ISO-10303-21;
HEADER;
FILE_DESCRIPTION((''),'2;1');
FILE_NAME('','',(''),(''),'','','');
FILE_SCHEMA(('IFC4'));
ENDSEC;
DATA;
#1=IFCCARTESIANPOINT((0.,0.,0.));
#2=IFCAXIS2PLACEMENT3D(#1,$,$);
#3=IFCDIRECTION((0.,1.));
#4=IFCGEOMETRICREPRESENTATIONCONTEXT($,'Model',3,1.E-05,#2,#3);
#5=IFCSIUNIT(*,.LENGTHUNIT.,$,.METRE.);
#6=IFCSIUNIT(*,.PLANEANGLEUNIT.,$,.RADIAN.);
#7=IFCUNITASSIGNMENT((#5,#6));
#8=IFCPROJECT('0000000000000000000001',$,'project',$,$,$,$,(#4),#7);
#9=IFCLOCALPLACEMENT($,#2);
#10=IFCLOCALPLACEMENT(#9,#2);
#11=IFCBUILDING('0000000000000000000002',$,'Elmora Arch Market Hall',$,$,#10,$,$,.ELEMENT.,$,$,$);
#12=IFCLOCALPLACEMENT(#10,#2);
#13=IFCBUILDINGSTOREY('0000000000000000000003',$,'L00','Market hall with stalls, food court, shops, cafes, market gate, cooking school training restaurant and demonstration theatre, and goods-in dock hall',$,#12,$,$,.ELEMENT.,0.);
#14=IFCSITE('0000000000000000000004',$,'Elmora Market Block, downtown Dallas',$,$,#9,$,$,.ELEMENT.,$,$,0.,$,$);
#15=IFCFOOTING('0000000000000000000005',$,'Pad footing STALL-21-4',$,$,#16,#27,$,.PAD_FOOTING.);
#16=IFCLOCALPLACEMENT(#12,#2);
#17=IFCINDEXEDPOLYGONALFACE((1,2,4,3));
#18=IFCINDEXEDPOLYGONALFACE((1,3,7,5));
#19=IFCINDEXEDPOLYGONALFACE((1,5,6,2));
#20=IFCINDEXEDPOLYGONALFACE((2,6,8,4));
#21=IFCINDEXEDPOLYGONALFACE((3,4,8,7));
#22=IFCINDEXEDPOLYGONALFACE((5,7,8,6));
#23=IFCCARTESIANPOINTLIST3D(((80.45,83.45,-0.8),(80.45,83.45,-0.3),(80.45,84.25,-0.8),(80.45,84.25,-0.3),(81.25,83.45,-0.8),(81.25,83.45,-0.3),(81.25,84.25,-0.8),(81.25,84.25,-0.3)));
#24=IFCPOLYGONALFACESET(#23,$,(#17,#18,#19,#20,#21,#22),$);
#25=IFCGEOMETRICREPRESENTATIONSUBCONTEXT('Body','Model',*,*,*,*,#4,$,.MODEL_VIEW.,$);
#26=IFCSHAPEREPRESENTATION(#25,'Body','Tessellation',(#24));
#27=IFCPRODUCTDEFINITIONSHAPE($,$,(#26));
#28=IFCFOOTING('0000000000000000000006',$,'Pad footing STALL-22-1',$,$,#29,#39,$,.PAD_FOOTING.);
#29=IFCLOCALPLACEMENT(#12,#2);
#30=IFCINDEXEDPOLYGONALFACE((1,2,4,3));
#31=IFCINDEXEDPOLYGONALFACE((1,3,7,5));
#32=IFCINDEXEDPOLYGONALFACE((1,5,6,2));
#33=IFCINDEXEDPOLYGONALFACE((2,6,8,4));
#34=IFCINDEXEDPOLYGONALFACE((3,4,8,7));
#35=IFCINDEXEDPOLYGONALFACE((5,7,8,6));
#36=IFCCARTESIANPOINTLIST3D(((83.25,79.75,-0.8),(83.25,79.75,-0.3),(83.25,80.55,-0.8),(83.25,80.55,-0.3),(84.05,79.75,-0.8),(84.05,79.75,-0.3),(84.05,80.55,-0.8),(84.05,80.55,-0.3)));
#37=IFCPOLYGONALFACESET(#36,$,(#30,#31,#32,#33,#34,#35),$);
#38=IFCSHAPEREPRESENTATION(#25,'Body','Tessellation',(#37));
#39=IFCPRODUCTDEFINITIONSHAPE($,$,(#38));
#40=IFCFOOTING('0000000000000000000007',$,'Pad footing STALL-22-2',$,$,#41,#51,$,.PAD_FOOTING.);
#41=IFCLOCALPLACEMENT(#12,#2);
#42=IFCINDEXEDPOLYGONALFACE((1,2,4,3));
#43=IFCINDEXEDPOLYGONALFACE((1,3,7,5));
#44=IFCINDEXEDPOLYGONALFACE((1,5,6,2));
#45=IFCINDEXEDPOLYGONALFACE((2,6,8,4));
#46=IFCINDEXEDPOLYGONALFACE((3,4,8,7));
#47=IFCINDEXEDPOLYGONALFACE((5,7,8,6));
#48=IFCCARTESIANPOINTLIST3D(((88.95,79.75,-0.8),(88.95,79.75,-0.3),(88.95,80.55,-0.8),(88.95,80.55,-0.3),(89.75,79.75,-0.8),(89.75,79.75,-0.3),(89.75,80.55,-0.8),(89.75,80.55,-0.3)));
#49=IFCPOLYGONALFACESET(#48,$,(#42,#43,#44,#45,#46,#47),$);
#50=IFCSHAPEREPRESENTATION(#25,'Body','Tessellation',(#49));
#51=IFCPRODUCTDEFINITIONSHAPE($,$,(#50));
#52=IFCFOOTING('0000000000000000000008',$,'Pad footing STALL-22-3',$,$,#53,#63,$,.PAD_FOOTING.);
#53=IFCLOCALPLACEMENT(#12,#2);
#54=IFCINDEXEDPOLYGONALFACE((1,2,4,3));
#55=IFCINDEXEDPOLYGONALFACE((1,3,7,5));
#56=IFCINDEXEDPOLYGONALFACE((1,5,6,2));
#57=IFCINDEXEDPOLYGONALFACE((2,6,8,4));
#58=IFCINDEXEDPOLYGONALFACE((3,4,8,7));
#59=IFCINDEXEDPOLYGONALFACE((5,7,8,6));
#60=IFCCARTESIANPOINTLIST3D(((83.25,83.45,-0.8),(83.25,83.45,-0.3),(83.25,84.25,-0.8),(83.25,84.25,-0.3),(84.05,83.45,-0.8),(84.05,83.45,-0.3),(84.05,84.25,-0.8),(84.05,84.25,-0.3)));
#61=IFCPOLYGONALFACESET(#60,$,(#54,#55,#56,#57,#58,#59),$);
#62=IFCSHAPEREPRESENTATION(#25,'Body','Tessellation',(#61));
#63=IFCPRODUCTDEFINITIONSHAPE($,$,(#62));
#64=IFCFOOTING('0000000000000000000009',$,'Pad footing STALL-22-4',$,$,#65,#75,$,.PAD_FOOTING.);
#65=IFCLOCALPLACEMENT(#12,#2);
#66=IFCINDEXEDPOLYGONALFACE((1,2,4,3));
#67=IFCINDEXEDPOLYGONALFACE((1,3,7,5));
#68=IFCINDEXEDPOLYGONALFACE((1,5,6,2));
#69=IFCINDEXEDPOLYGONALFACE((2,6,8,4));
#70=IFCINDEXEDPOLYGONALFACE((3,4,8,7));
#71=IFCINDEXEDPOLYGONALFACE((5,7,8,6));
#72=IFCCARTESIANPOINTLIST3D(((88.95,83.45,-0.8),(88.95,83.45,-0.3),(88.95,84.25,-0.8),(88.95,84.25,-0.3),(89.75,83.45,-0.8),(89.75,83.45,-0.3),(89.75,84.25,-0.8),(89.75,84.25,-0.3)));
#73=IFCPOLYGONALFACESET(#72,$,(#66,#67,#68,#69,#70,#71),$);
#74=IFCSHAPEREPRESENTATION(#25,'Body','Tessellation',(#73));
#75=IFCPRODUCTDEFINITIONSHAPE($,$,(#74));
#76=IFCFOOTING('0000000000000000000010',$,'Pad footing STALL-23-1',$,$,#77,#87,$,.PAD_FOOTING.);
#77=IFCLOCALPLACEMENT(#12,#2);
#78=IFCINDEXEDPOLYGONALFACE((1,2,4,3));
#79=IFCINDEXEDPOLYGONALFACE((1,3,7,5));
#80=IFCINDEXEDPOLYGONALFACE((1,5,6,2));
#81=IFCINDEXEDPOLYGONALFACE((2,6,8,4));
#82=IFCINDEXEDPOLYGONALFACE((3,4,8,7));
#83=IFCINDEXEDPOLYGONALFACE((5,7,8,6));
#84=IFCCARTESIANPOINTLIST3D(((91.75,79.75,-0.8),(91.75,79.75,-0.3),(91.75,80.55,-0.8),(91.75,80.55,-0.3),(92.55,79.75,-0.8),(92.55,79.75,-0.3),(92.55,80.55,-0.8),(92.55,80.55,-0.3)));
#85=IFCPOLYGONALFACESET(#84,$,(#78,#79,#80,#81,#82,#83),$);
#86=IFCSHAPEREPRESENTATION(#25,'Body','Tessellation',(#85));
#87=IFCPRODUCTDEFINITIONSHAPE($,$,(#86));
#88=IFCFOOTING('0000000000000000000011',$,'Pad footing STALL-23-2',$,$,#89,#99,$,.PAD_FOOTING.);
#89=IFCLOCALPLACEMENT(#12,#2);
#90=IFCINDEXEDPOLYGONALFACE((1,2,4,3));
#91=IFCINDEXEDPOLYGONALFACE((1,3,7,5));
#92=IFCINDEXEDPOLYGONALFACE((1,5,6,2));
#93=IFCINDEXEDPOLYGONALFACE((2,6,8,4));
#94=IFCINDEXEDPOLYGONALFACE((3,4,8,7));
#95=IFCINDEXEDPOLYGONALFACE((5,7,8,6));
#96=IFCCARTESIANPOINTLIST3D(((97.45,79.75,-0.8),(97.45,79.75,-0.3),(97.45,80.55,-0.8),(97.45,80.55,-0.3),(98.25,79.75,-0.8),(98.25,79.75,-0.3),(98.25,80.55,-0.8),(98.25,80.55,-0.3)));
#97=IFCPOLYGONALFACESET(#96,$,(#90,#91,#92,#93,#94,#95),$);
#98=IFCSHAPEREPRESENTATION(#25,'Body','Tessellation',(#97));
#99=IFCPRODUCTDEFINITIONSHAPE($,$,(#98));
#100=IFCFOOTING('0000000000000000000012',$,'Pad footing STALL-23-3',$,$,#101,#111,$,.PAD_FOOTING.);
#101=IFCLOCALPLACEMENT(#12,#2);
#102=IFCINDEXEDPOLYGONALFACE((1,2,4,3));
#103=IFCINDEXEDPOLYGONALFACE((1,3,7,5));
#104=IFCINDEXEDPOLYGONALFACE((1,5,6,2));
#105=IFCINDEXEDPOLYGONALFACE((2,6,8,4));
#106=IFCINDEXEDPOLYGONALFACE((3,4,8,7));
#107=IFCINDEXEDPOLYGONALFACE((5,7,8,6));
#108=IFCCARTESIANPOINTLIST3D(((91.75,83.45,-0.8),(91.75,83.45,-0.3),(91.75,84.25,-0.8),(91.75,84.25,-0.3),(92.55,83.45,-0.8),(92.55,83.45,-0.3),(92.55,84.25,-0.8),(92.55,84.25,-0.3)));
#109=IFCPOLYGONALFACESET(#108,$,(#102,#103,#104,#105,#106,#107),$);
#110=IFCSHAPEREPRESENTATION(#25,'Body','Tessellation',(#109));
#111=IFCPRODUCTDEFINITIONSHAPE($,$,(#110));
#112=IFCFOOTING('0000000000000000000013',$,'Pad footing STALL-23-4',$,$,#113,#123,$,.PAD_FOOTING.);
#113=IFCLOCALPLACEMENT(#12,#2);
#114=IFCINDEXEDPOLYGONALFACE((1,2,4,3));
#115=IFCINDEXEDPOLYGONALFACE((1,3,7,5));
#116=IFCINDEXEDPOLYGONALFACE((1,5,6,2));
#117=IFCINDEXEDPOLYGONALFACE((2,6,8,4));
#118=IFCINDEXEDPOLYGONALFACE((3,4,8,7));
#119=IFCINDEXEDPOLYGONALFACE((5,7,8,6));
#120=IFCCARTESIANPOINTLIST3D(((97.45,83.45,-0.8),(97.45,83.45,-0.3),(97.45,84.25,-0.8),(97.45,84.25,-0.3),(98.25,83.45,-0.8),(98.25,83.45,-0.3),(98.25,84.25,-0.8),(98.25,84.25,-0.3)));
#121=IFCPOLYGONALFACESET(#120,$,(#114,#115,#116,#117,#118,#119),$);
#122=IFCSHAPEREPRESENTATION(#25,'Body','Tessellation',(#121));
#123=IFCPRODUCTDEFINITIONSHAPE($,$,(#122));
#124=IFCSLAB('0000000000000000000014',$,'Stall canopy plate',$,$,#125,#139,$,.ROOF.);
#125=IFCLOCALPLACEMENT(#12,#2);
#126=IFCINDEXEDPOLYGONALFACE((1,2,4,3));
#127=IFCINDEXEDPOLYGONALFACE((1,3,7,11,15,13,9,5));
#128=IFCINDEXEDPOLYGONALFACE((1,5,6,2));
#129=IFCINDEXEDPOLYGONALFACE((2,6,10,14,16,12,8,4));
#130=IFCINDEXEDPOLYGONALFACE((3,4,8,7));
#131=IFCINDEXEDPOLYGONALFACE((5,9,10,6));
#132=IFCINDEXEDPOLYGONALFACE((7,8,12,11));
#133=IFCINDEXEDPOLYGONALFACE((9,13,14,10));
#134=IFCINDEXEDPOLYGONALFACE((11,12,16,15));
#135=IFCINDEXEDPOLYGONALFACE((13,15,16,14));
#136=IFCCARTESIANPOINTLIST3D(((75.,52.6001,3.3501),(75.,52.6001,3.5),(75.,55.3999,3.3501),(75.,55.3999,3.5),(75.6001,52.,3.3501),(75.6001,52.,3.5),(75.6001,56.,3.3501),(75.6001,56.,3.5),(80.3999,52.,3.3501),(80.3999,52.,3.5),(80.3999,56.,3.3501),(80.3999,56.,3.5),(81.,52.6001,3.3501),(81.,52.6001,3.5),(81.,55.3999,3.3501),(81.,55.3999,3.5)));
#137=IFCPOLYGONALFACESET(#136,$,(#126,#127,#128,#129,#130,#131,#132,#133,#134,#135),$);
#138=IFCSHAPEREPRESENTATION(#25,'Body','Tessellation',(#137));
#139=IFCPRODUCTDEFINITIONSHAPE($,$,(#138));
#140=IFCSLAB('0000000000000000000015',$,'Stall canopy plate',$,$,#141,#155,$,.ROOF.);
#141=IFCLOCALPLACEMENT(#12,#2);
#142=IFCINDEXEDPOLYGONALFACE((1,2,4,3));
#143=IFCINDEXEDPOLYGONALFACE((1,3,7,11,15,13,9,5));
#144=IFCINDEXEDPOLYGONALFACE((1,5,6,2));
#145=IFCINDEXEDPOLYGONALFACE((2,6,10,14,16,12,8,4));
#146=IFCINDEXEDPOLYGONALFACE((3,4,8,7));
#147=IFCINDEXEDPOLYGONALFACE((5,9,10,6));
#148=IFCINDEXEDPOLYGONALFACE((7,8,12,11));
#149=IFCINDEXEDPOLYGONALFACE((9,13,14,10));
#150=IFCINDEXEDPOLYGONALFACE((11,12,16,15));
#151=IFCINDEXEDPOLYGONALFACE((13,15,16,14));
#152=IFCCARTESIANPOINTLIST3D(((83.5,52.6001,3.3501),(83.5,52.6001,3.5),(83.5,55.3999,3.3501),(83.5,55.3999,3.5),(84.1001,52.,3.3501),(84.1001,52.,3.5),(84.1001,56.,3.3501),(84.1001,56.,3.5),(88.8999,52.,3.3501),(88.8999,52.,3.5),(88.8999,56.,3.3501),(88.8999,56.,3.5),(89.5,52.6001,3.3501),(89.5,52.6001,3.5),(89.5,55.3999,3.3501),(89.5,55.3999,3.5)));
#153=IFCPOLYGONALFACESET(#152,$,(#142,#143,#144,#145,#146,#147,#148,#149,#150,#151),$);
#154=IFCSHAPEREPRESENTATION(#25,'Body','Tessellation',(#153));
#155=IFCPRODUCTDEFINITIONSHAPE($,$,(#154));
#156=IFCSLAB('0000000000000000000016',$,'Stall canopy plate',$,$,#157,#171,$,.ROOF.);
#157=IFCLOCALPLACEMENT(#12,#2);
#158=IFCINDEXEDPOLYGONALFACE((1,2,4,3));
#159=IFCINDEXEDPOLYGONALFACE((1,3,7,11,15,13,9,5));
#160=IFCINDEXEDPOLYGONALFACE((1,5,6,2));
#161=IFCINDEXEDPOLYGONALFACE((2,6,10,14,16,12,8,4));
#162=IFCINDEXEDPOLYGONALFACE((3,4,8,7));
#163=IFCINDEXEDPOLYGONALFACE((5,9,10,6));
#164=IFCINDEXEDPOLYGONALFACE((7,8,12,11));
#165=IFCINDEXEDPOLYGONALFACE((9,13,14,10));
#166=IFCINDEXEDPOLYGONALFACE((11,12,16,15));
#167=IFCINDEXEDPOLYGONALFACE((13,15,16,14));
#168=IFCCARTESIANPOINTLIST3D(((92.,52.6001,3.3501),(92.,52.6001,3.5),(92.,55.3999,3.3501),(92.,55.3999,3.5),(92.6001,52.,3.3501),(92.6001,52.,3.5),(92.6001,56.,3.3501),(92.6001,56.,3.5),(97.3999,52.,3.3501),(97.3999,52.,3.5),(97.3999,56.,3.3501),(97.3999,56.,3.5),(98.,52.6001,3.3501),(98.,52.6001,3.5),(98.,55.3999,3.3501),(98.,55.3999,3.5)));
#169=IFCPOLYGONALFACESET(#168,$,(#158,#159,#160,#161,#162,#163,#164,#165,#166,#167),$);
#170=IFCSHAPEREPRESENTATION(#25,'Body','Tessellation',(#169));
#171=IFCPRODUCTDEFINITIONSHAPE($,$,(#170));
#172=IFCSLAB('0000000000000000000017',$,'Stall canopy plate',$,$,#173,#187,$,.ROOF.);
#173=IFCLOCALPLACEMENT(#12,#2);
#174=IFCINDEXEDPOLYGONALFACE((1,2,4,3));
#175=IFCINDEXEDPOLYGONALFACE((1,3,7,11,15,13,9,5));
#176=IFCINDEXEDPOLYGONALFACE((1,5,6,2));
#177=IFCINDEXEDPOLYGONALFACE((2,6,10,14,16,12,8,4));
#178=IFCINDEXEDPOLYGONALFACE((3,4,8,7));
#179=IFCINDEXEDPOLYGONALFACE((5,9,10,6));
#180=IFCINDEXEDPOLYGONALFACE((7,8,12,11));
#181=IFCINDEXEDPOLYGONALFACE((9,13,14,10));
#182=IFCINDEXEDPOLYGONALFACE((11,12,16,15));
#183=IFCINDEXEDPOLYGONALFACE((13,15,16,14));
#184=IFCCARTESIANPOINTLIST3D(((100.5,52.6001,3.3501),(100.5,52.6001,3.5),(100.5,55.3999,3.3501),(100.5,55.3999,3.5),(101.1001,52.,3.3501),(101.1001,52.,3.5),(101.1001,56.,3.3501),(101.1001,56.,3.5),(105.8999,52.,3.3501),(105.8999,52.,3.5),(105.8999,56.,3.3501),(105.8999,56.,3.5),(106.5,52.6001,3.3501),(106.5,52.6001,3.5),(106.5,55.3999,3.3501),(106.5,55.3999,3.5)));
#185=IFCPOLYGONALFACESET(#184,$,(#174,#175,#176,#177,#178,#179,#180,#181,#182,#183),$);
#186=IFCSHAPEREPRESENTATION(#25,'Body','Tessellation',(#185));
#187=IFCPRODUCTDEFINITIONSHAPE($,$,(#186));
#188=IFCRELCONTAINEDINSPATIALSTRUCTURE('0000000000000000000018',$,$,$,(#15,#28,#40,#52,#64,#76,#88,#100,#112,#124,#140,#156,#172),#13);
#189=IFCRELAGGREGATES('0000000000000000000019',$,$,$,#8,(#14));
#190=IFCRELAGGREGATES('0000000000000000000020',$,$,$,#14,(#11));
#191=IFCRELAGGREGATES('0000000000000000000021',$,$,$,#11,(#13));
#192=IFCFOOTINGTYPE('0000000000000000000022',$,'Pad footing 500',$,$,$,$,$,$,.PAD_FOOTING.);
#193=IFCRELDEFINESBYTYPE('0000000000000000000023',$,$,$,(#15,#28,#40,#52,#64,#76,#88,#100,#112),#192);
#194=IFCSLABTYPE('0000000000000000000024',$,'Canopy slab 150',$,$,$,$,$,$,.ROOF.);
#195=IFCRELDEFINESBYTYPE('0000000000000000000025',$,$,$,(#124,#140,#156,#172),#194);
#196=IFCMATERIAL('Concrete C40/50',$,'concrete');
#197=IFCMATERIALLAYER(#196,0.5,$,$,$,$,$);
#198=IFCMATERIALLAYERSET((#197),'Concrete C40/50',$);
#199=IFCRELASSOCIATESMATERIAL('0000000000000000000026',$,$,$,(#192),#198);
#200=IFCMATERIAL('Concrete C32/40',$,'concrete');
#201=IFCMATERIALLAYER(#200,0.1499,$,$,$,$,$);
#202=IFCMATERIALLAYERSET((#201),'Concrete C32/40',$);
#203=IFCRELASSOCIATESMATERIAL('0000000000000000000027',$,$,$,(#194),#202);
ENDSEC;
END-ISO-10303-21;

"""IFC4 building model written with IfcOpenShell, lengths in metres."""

from ifc_helpers import new_model, si_unit, direction, frame, origin, place, context, subcontext, project, spatial, polyline, outline, extrude, material, layer, layer_set, type_object, element, save


model = new_model("IFC4")

# Units and contexts
model_context = context("Model", 3, precision=1e-05, world=origin(), true_north=direction((0.0, 1.0)))
body_context = subcontext(model_context, "Body", "Model", "MODEL_VIEW")
ifc_project = project(units=[si_unit("LENGTHUNIT", "METRE"), si_unit("PLANEANGLEUNIT", "RADIAN")], contexts=[model_context])

# Site, building, storey
site_placement = place(None, origin())
site = spatial("IfcSite", under=ifc_project, at=site_placement, Name="Elmora Market Block, downtown Dallas", CompositionType="ELEMENT", RefElevation=0.0)
building_placement = place(site_placement, origin())
building = spatial("IfcBuilding", under=site, at=building_placement, Name="Elmora Arch Market Hall", CompositionType="ELEMENT")
storey_placement = place(building_placement, origin())
storey = spatial("IfcBuildingStorey", under=building, at=storey_placement, Name="L00", Description="Market hall with stalls, food court, shops, cafes, market gate, cooking school training restaurant and demonstration theatre, and goods-in dock hall", CompositionType="ELEMENT", Elevation=0.0)

# Footings
ifc_material_1 = material(Name="Concrete C40/50", Category="concrete")
ifc_layer_1 = layer(ifc_material_1, 0.5)
ifc_layer_set_1 = layer_set([ifc_layer_1], Name="Concrete C40/50")
footing_type = type_object("IfcFootingType", Name="Pad footing 500", PredefinedType="PAD_FOOTING", material=ifc_layer_set_1)
footing_1_placement = place(storey_placement, frame((0.0, 0.0, -0.8)))
element("IfcFooting", 1, at=footing_1_placement, inside=storey, type_object=footing_type, Name="Pad footing STALL-21-4", PredefinedType="PAD_FOOTING", context=body_context, shape_type="SweptSolid", body=[
    extrude(outline(polyline([(80.45, 83.45), (81.25, 83.45), (81.25, 84.25), (80.45, 84.25), (80.45, 83.45)])), origin(), (0.0, 0.0, 1.0), 0.5),
])
footing_2_placement = place(storey_placement, frame((0.0, 0.0, -0.8)))
element("IfcFooting", 2, at=footing_2_placement, inside=storey, type_object=footing_type, Name="Pad footing STALL-22-1", PredefinedType="PAD_FOOTING", context=body_context, shape_type="SweptSolid", body=[
    extrude(outline(polyline([(83.25, 79.75), (84.05, 79.75), (84.05, 80.55), (83.25, 80.55), (83.25, 79.75)])), origin(), (0.0, 0.0, 1.0), 0.5),
])
footing_3_placement = place(storey_placement, frame((0.0, 0.0, -0.8)))
element("IfcFooting", 3, at=footing_3_placement, inside=storey, type_object=footing_type, Name="Pad footing STALL-22-2", PredefinedType="PAD_FOOTING", context=body_context, shape_type="SweptSolid", body=[
    extrude(outline(polyline([(88.95, 79.75), (89.75, 79.75), (89.75, 80.55), (88.95, 80.55), (88.95, 79.75)])), origin(), (0.0, 0.0, 1.0), 0.5),
])
footing_4_placement = place(storey_placement, frame((0.0, 0.0, -0.8)))
element("IfcFooting", 4, at=footing_4_placement, inside=storey, type_object=footing_type, Name="Pad footing STALL-22-3", PredefinedType="PAD_FOOTING", context=body_context, shape_type="SweptSolid", body=[
    extrude(outline(polyline([(83.25, 83.45), (84.05, 83.45), (84.05, 84.25), (83.25, 84.25), (83.25, 83.45)])), origin(), (0.0, 0.0, 1.0), 0.5),
])
footing_5_placement = place(storey_placement, frame((0.0, 0.0, -0.8)))
element("IfcFooting", 5, at=footing_5_placement, inside=storey, type_object=footing_type, Name="Pad footing STALL-22-4", PredefinedType="PAD_FOOTING", context=body_context, shape_type="SweptSolid", body=[
    extrude(outline(polyline([(88.95, 83.45), (89.75, 83.45), (89.75, 84.25), (88.95, 84.25), (88.95, 83.45)])), origin(), (0.0, 0.0, 1.0), 0.5),
])
footing_6_placement = place(storey_placement, frame((0.0, 0.0, -0.8)))
element("IfcFooting", 6, at=footing_6_placement, inside=storey, type_object=footing_type, Name="Pad footing STALL-23-1", PredefinedType="PAD_FOOTING", context=body_context, shape_type="SweptSolid", body=[
    extrude(outline(polyline([(91.75, 79.75), (92.55, 79.75), (92.55, 80.55), (91.75, 80.55), (91.75, 79.75)])), origin(), (0.0, 0.0, 1.0), 0.5),
])
footing_7_placement = place(storey_placement, frame((0.0, 0.0, -0.8)))
element("IfcFooting", 7, at=footing_7_placement, inside=storey, type_object=footing_type, Name="Pad footing STALL-23-2", PredefinedType="PAD_FOOTING", context=body_context, shape_type="SweptSolid", body=[
    extrude(outline(polyline([(97.45, 79.75), (98.25, 79.75), (98.25, 80.55), (97.45, 80.55), (97.45, 79.75)])), origin(), (0.0, 0.0, 1.0), 0.5),
])
footing_8_placement = place(storey_placement, frame((0.0, 0.0, -0.8)))
element("IfcFooting", 8, at=footing_8_placement, inside=storey, type_object=footing_type, Name="Pad footing STALL-23-3", PredefinedType="PAD_FOOTING", context=body_context, shape_type="SweptSolid", body=[
    extrude(outline(polyline([(91.75, 83.45), (92.55, 83.45), (92.55, 84.25), (91.75, 84.25), (91.75, 83.45)])), origin(), (0.0, 0.0, 1.0), 0.5),
])
footing_9_placement = place(storey_placement, frame((0.0, 0.0, -0.8)))
element("IfcFooting", 9, at=footing_9_placement, inside=storey, type_object=footing_type, Name="Pad footing STALL-23-4", PredefinedType="PAD_FOOTING", context=body_context, shape_type="SweptSolid", body=[
    extrude(outline(polyline([(97.45, 83.45), (98.25, 83.45), (98.25, 84.25), (97.45, 84.25), (97.45, 83.45)])), origin(), (0.0, 0.0, 1.0), 0.5),
])

# Slabs
ifc_material_2 = material(Name="Concrete C32/40", Category="concrete")
ifc_layer_2 = layer(ifc_material_2, 0.1499)
ifc_layer_set_2 = layer_set([ifc_layer_2], Name="Concrete C32/40")
slab_type_1 = type_object("IfcSlabType", Name="Canopy slab 150", PredefinedType="ROOF", material=ifc_layer_set_2)
slab_1_placement = place(storey_placement, frame((0.0, 0.0, 3.3501)))
element("IfcSlab", 10, at=slab_1_placement, inside=storey, type_object=slab_type_1, Name="Stall canopy plate", PredefinedType="ROOF", context=body_context, shape_type="SweptSolid", body=[
    extrude(outline(polyline([(75.0, 52.6001), (75.0, 55.3999), (75.6001, 56.0), (80.3999, 56.0), (81.0, 55.3999), (81.0, 52.6001), (80.3999, 52.0), (75.6001, 52.0), (75.0, 52.6001)])), origin(), (0.0, 0.0, 1.0), 0.1499),
])
slab_2_placement = place(storey_placement, frame((0.0, 0.0, 3.3501)))
element("IfcSlab", 11, at=slab_2_placement, inside=storey, type_object=slab_type_1, Name="Stall canopy plate", PredefinedType="ROOF", context=body_context, shape_type="SweptSolid", body=[
    extrude(outline(polyline([(83.5, 52.6001), (83.5, 55.3999), (84.1001, 56.0), (88.8999, 56.0), (89.5, 55.3999), (89.5, 52.6001), (88.8999, 52.0), (84.1001, 52.0), (83.5, 52.6001)])), origin(), (0.0, 0.0, 1.0), 0.1499),
])
slab_3_placement = place(storey_placement, frame((0.0, 0.0, 3.3501)))
element("IfcSlab", 12, at=slab_3_placement, inside=storey, type_object=slab_type_1, Name="Stall canopy plate", PredefinedType="ROOF", context=body_context, shape_type="SweptSolid", body=[
    extrude(outline(polyline([(92.0, 52.6001), (92.0, 55.3999), (92.6001, 56.0), (97.3999, 56.0), (98.0, 55.3999), (98.0, 52.6001), (97.3999, 52.0), (92.6001, 52.0), (92.0, 52.6001)])), origin(), (0.0, 0.0, 1.0), 0.1499),
])
slab_4_placement = place(storey_placement, frame((0.0, 0.0, 3.3501)))
element("IfcSlab", 13, at=slab_4_placement, inside=storey, type_object=slab_type_1, Name="Stall canopy plate", PredefinedType="ROOF", context=body_context, shape_type="SweptSolid", body=[
    extrude(outline(polyline([(100.5, 52.6001), (100.5, 55.3999), (101.1001, 56.0), (105.8999, 56.0), (106.5, 55.3999), (106.5, 52.6001), (105.8999, 52.0), (101.1001, 52.0), (100.5, 52.6001)])), origin(), (0.0, 0.0, 1.0), 0.1499),
])

save(model, "model.ifc")
